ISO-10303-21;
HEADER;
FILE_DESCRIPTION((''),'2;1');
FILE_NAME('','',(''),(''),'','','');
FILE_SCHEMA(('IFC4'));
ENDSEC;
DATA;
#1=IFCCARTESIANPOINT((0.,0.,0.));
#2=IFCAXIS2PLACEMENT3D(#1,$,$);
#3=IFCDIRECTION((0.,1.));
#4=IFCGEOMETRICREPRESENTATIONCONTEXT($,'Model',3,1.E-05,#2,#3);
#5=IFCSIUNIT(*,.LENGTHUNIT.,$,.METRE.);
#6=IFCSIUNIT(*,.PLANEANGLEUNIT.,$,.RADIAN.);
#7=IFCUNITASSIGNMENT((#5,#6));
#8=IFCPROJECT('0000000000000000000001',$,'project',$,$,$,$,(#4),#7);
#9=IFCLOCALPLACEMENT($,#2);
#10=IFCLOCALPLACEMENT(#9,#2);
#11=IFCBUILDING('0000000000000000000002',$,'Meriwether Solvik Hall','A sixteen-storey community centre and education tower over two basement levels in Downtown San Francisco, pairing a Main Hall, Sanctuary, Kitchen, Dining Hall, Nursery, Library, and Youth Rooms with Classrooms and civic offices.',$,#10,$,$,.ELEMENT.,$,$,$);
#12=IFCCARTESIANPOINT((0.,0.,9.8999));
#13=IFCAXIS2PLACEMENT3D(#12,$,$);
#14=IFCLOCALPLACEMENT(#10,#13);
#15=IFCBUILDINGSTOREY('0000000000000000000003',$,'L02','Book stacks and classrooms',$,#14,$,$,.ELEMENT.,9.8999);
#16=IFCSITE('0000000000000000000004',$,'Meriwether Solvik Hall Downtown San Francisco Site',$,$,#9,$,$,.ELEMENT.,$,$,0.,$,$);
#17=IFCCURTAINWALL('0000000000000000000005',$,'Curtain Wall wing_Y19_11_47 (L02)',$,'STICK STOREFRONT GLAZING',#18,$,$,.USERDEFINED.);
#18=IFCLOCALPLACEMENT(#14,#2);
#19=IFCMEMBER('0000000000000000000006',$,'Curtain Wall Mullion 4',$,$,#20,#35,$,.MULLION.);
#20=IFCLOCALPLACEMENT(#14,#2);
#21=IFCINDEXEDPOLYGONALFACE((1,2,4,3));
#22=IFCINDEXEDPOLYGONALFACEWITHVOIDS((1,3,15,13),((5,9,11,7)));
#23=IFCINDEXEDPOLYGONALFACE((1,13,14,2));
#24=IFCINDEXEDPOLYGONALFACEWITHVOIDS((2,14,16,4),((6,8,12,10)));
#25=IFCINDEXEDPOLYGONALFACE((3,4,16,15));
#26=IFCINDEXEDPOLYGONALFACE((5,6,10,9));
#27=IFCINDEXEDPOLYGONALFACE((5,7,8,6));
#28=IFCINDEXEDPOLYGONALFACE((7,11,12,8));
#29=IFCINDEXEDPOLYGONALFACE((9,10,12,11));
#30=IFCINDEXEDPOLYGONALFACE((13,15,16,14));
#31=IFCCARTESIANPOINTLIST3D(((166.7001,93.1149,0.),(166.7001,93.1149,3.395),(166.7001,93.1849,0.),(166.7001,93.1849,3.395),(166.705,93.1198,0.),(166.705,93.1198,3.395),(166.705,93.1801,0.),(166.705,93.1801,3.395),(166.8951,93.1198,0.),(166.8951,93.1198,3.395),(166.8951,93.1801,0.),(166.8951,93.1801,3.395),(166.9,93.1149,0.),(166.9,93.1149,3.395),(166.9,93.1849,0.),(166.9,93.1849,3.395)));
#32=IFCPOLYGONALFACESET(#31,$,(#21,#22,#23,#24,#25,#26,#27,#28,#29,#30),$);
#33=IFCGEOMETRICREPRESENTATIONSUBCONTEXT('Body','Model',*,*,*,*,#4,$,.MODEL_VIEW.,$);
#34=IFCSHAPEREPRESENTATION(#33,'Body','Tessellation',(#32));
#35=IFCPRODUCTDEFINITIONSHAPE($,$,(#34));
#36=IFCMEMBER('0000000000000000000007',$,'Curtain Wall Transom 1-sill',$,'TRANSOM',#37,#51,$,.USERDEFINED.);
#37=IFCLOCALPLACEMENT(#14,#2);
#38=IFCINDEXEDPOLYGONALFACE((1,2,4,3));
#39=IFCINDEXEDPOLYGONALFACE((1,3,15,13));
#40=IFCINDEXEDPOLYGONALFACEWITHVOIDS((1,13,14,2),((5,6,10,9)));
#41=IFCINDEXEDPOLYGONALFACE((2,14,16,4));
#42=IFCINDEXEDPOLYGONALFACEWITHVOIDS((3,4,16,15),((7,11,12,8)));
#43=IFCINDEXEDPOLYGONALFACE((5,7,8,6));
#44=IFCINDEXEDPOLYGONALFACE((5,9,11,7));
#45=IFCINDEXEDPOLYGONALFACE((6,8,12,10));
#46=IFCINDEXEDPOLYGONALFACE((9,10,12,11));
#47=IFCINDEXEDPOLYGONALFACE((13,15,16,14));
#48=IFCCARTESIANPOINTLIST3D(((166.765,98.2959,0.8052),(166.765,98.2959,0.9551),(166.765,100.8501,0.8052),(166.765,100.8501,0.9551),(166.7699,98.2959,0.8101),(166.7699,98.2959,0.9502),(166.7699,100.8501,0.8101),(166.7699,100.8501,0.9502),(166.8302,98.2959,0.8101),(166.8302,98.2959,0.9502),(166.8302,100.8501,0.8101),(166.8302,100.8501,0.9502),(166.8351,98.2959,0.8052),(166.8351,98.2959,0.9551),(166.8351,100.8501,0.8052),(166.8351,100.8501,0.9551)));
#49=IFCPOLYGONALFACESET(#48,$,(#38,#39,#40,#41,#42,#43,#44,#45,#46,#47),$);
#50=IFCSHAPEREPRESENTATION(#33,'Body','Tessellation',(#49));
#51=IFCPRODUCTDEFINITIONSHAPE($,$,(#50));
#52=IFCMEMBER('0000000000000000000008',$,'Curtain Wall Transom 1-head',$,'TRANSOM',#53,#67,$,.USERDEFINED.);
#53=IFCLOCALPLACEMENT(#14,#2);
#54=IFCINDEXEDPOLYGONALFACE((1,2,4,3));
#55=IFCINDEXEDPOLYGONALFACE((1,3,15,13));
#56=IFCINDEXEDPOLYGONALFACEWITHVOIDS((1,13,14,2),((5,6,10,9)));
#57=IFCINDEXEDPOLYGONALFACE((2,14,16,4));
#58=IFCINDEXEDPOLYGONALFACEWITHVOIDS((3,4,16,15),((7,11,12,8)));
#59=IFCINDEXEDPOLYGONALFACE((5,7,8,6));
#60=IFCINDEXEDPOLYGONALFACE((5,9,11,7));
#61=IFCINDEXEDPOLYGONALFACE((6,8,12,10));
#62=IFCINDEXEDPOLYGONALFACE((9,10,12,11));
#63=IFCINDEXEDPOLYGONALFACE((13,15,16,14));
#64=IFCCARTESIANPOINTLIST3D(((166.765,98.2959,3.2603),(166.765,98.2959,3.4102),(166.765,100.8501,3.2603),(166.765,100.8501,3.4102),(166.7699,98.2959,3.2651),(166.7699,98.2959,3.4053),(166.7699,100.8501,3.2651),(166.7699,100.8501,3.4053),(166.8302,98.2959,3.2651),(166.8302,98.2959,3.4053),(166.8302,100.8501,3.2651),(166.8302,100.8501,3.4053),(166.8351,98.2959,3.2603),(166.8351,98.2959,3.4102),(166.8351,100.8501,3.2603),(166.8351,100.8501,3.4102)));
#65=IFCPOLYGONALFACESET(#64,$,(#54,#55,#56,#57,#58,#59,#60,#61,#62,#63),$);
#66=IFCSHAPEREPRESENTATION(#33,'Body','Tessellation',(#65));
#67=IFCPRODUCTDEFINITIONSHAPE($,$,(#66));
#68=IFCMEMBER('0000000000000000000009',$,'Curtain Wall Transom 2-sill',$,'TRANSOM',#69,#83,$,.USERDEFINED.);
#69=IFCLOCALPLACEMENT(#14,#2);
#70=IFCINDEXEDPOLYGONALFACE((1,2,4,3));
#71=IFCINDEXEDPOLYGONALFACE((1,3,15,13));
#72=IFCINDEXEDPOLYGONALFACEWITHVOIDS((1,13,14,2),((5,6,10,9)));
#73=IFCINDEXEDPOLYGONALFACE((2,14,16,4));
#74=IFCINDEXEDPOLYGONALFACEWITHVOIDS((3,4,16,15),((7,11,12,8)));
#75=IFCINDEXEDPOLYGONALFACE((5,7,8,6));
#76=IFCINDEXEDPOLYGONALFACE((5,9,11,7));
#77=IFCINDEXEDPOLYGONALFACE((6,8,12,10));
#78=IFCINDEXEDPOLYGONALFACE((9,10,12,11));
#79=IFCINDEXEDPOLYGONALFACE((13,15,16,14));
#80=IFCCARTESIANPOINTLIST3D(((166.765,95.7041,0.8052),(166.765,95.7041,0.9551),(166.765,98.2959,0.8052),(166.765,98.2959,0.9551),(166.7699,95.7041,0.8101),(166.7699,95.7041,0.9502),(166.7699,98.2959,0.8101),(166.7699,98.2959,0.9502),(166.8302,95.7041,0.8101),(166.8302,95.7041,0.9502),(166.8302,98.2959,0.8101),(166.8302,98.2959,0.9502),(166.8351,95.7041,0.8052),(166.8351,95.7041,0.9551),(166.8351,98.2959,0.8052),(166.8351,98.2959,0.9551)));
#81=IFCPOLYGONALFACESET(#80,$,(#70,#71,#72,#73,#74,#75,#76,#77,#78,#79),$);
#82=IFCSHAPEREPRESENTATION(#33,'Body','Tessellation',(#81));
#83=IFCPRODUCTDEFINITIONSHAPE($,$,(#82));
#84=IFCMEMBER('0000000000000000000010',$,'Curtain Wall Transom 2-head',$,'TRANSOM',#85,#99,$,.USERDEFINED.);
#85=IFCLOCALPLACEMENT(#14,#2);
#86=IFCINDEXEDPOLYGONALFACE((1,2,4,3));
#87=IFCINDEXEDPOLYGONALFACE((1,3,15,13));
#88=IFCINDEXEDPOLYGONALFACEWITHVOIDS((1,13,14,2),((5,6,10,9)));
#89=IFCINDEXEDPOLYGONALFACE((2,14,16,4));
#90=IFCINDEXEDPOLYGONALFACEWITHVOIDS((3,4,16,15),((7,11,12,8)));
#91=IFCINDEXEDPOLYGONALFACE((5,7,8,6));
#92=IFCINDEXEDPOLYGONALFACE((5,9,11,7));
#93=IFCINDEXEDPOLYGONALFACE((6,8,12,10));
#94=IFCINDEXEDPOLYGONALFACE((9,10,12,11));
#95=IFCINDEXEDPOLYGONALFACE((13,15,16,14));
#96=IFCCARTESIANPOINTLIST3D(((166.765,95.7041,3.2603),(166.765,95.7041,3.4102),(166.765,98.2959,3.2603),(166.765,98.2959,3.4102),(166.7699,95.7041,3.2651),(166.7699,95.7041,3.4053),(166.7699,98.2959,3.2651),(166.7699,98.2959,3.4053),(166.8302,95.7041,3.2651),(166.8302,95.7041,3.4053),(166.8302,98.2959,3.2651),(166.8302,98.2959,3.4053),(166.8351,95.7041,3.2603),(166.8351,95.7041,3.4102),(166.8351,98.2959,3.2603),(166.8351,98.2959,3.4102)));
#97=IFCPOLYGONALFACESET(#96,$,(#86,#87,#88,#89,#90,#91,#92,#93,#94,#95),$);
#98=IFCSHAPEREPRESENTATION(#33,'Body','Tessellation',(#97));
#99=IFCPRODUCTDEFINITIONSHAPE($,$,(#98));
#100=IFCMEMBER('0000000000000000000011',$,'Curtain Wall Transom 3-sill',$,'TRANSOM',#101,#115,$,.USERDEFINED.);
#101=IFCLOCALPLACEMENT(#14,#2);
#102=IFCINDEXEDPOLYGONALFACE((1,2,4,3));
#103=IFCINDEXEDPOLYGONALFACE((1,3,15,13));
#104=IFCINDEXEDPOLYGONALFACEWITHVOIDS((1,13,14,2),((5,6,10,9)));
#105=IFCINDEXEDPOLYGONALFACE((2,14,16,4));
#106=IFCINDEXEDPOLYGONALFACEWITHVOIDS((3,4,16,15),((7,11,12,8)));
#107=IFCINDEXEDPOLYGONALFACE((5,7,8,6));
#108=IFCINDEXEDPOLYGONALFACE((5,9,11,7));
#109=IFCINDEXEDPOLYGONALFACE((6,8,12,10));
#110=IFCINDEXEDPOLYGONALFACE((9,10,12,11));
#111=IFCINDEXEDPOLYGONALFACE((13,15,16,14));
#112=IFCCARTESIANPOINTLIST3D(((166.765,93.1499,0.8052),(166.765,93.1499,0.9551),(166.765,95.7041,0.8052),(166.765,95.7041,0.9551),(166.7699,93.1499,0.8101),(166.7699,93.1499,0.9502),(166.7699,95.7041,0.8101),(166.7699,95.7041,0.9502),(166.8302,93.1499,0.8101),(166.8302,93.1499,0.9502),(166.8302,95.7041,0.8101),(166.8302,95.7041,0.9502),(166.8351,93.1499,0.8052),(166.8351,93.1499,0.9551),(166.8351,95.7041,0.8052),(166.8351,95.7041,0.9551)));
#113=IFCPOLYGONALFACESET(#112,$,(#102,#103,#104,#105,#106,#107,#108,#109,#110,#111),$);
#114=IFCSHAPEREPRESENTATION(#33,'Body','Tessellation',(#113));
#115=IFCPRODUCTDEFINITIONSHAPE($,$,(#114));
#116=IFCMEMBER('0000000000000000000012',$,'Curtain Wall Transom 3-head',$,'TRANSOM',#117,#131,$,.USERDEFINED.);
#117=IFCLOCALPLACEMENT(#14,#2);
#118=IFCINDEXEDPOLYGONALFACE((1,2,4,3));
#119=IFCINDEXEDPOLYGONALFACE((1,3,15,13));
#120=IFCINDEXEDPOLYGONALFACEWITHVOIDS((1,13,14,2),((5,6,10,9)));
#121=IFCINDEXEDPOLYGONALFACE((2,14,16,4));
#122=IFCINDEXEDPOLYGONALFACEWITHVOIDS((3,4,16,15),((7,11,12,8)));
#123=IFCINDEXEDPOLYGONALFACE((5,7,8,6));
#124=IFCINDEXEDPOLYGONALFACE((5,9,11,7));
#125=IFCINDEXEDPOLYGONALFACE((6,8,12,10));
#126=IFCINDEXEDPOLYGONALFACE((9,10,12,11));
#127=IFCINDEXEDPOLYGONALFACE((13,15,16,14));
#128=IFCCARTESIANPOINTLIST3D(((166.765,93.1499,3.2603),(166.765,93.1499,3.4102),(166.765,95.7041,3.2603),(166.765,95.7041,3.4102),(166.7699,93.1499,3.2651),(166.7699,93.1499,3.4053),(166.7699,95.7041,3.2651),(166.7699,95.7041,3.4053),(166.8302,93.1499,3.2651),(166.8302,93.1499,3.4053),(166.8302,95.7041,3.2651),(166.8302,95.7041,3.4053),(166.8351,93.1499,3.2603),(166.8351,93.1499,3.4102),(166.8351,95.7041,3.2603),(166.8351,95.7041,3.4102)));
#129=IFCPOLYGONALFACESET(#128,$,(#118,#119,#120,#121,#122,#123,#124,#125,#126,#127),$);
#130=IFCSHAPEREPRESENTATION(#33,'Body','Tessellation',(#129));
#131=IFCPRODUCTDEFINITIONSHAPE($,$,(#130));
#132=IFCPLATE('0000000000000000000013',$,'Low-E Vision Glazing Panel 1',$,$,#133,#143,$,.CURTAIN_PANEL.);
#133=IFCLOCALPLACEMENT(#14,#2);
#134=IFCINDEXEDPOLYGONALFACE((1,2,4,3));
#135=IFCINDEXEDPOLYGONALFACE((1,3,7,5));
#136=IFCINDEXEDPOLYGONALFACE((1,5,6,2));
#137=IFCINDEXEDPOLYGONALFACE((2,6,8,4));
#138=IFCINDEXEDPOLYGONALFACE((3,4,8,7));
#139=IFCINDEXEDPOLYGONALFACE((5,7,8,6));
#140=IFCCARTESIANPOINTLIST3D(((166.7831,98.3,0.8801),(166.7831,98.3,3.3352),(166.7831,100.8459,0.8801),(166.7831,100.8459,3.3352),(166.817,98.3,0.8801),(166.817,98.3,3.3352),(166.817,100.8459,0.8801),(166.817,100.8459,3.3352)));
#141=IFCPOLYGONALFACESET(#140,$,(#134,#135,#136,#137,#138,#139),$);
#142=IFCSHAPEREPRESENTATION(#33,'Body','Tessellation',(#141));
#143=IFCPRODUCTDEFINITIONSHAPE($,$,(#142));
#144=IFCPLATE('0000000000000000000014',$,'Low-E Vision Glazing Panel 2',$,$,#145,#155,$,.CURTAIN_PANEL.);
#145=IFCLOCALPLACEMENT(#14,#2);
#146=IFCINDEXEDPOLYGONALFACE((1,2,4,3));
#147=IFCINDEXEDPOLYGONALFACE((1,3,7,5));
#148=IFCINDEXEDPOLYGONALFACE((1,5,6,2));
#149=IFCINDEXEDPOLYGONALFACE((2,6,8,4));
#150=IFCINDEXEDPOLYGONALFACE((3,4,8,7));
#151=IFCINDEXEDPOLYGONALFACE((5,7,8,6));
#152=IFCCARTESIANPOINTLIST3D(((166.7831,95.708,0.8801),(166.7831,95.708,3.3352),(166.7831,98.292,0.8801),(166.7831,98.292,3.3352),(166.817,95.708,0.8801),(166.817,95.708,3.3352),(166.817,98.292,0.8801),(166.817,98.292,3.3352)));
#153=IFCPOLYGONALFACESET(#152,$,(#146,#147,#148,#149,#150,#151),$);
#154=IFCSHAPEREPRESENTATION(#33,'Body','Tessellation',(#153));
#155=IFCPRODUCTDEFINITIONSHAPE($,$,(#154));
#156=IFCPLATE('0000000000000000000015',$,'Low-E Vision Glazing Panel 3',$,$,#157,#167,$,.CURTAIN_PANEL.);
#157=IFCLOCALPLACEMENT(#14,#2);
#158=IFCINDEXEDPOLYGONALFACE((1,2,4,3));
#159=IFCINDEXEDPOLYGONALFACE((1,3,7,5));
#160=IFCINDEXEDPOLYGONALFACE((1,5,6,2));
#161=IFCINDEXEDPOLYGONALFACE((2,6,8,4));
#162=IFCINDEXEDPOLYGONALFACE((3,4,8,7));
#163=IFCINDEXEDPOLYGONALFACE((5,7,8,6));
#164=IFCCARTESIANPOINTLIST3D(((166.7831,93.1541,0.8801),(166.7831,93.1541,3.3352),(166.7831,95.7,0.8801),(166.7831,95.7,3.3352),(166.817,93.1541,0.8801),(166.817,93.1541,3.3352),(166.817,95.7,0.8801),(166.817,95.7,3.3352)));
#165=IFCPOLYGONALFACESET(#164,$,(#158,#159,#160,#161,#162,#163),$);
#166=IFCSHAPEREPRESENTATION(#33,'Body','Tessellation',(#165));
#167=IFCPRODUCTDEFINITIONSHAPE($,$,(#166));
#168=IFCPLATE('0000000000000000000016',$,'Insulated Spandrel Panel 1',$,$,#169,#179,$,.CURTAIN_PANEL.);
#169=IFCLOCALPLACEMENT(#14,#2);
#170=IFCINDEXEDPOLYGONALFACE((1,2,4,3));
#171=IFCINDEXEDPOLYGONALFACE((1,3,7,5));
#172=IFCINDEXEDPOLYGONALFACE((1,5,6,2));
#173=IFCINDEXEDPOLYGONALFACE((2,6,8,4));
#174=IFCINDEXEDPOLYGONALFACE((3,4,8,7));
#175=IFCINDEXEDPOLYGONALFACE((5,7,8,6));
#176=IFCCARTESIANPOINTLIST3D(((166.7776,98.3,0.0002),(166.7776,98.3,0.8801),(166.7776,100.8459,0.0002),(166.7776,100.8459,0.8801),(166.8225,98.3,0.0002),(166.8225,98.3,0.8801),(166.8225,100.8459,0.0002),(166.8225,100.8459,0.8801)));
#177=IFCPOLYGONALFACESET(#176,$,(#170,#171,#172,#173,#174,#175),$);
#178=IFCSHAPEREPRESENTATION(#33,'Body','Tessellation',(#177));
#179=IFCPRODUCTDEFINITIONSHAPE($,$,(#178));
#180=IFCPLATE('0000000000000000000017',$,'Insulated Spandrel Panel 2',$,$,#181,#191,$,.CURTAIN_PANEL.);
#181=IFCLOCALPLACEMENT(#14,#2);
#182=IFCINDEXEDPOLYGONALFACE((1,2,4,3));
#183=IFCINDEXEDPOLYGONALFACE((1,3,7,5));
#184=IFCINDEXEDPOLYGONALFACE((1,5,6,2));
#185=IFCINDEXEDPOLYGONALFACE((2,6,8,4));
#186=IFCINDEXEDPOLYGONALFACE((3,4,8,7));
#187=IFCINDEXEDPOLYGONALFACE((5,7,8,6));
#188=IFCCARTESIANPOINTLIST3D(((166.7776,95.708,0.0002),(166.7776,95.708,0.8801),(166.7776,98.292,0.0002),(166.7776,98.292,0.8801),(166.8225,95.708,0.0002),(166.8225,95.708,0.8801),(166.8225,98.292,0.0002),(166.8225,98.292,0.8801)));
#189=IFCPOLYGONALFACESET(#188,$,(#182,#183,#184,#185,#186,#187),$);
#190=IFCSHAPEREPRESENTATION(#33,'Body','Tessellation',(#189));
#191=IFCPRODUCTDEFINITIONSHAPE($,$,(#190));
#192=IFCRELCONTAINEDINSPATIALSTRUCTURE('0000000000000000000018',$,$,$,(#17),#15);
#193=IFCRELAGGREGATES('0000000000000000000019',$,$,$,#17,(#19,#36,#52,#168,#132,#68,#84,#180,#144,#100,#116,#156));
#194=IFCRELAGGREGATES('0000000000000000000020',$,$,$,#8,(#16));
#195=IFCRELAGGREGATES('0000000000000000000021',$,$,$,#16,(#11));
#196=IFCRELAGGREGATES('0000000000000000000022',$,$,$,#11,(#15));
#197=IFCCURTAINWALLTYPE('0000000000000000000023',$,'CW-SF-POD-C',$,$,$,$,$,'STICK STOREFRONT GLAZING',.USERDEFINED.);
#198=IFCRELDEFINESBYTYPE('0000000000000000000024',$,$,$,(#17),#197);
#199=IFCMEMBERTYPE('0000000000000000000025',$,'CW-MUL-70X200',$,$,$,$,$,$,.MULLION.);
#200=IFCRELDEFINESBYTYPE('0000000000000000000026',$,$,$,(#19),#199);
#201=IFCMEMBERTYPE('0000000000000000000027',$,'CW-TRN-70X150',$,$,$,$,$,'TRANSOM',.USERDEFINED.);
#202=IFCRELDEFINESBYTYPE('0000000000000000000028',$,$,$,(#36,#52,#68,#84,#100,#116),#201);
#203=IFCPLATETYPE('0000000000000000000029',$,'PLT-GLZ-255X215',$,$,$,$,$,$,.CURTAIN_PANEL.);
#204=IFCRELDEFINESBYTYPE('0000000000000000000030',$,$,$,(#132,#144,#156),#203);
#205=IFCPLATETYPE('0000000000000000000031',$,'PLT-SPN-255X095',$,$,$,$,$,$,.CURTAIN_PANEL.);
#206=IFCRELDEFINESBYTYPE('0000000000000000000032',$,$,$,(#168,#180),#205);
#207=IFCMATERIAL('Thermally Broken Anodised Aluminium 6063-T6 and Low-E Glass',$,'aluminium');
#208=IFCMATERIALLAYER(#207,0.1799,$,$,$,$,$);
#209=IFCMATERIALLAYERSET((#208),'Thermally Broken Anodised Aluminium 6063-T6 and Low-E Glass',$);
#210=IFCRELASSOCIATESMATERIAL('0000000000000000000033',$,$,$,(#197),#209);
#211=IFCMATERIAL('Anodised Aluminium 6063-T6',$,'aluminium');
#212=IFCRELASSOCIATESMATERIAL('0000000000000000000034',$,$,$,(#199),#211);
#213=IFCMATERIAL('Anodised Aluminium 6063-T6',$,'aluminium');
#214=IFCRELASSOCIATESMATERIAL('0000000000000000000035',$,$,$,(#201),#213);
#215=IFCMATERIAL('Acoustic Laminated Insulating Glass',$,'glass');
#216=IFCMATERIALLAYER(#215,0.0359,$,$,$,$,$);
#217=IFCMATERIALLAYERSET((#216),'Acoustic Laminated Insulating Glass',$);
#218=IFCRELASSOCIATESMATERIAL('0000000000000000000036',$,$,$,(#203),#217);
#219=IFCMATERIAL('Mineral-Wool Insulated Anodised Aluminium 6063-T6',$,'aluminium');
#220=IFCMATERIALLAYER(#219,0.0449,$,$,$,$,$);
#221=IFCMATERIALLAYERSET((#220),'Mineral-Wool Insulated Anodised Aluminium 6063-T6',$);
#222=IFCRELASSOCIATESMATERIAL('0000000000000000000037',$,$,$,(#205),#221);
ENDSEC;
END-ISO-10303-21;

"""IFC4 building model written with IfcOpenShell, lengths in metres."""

from ifc_helpers import new_model, si_unit, direction, frame, origin, origin_2d, place, context, subcontext, project, spatial, rectangle, hollow_rectangle, extrude, material, layer, layer_set, material_profile, profile_set, type_object, element, aggregate, save


model = new_model("IFC4")

# Units and contexts
model_context = context("Model", 3, precision=1e-05, world=origin(), true_north=direction((0.0, 1.0)))
body_context = subcontext(model_context, "Body", "Model", "MODEL_VIEW")
ifc_project = project(units=[si_unit("LENGTHUNIT", "METRE"), si_unit("PLANEANGLEUNIT", "RADIAN")], contexts=[model_context])

# Site, building, storey
site_placement = place(None, origin())
site = spatial("IfcSite", under=ifc_project, at=site_placement, Name="Meriwether Solvik Hall Downtown San Francisco Site", CompositionType="ELEMENT", RefElevation=0.0)
building_placement = place(site_placement, origin())
building = spatial("IfcBuilding", under=site, at=building_placement, Name="Meriwether Solvik Hall", Description="A sixteen-storey community centre and education tower over two basement levels in Downtown San Francisco, pairing a Main Hall, Sanctuary, Kitchen, Dining Hall, Nursery, Library, and Youth Rooms with Classrooms and civic offices.", CompositionType="ELEMENT")
storey_placement = place(building_placement, frame((0.0, 0.0, 9.8999)))
storey = spatial("IfcBuildingStorey", under=building, at=storey_placement, Name="L02", Description="Book stacks and classrooms", CompositionType="ELEMENT", Elevation=9.8999)

# Curtain wall, members, plates
ifc_material_1 = material(Name="Thermally Broken Anodised Aluminium 6063-T6 and Low-E Glass", Category="aluminium")
ifc_layer_1 = layer(ifc_material_1, 0.1799)
ifc_layer_set_1 = layer_set([ifc_layer_1], Name="Thermally Broken Anodised Aluminium 6063-T6 and Low-E Glass")
curtain_wall_type = type_object("IfcCurtainWallType", Name="CW-SF-POD-C", ElementType="STICK STOREFRONT GLAZING", PredefinedType="USERDEFINED", material=ifc_layer_set_1)
curtain_wall_placement = place(storey_placement, origin())
curtain_wall = element("IfcCurtainWall", 1, at=curtain_wall_placement, inside=storey, type_object=curtain_wall_type, Name="Curtain Wall wing_Y19_11_47 (L02)", ObjectType="STICK STOREFRONT GLAZING", PredefinedType="USERDEFINED")
ifc_material_2 = material(Name="Anodised Aluminium 6063-T6", Category="aluminium")
ifc_material_profile_1 = material_profile(ifc_material_2, hollow_rectangle(XDim=0.0701, YDim=0.2, WallThickness=0.0049, at=origin_2d()), Name="CWM-70X200")
ifc_profile_set_1 = profile_set([ifc_material_profile_1], Name="Anodised Aluminium 6063-T6")
member_type_1 = type_object("IfcMemberType", Name="CW-MUL-70X200", PredefinedType="MULLION", material=ifc_profile_set_1)
member_1_placement = place(storey_placement, frame((166.8, 93.1499, 0.0), z_axis=(0.0, 0.0, 1.0), x_axis=(0.0, -1.0, 0.0)))
member_1 = element("IfcMember", 2, at=member_1_placement, type_object=member_type_1, Name="Curtain Wall Mullion 4", PredefinedType="MULLION", context=body_context, shape_type="SweptSolid", body=[
    extrude(hollow_rectangle(XDim=0.0701, YDim=0.2, WallThickness=0.0049, at=origin_2d()), origin(), (0.0, 0.0, 1.0), 3.395),
])
ifc_material_3 = material(Name="Anodised Aluminium 6063-T6", Category="aluminium")
ifc_material_profile_2 = material_profile(ifc_material_3, hollow_rectangle(XDim=0.0701, YDim=0.1499, WallThickness=0.0049, at=origin_2d()), Name="CWT-70X150")
ifc_profile_set_2 = profile_set([ifc_material_profile_2], Name="Anodised Aluminium 6063-T6")
member_type_2 = type_object("IfcMemberType", Name="CW-TRN-70X150", ElementType="TRANSOM", PredefinedType="USERDEFINED", material=ifc_profile_set_2)
member_2_placement = place(storey_placement, frame((166.8, 100.8501, 0.8801), z_axis=(0.0, -1.0, 0.0), x_axis=(1.0, 0.0, 0.0)))
member_2 = element("IfcMember", 3, at=member_2_placement, type_object=member_type_2, Name="Curtain Wall Transom 1-sill", ObjectType="TRANSOM", PredefinedType="USERDEFINED", context=body_context, shape_type="SweptSolid", body=[
    extrude(hollow_rectangle(XDim=0.0701, YDim=0.1499, WallThickness=0.0049, at=origin_2d()), origin(), (0.0, 0.0, 1.0), 2.5542),
])
member_3_placement = place(storey_placement, frame((166.8, 100.8501, 3.3352), z_axis=(0.0, -1.0, 0.0), x_axis=(1.0, 0.0, 0.0)))
member_3 = element("IfcMember", 4, at=member_3_placement, type_object=member_type_2, Name="Curtain Wall Transom 1-head", ObjectType="TRANSOM", PredefinedType="USERDEFINED", context=body_context, shape_type="SweptSolid", body=[
    extrude(hollow_rectangle(XDim=0.0701, YDim=0.1499, WallThickness=0.0049, at=origin_2d()), origin(), (0.0, 0.0, 1.0), 2.5542),
])
member_4_placement = place(storey_placement, frame((166.8, 98.2959, 0.8801), z_axis=(0.0, -1.0, 0.0), x_axis=(1.0, 0.0, 0.0)))
member_4 = element("IfcMember", 5, at=member_4_placement, type_object=member_type_2, Name="Curtain Wall Transom 2-sill", ObjectType="TRANSOM", PredefinedType="USERDEFINED", context=body_context, shape_type="SweptSolid", body=[
    extrude(hollow_rectangle(XDim=0.0701, YDim=0.1499, WallThickness=0.0049, at=origin_2d()), origin(), (0.0, 0.0, 1.0), 2.5918),
])
member_5_placement = place(storey_placement, frame((166.8, 98.2959, 3.3352), z_axis=(0.0, -1.0, 0.0), x_axis=(1.0, 0.0, 0.0)))
member_5 = element("IfcMember", 6, at=member_5_placement, type_object=member_type_2, Name="Curtain Wall Transom 2-head", ObjectType="TRANSOM", PredefinedType="USERDEFINED", context=body_context, shape_type="SweptSolid", body=[
    extrude(hollow_rectangle(XDim=0.0701, YDim=0.1499, WallThickness=0.0049, at=origin_2d()), origin(), (0.0, 0.0, 1.0), 2.5918),
])
member_6_placement = place(storey_placement, frame((166.8, 95.7041, 0.8801), z_axis=(0.0, -1.0, 0.0), x_axis=(1.0, 0.0, 0.0)))
member_6 = element("IfcMember", 7, at=member_6_placement, type_object=member_type_2, Name="Curtain Wall Transom 3-sill", ObjectType="TRANSOM", PredefinedType="USERDEFINED", context=body_context, shape_type="SweptSolid", body=[
    extrude(hollow_rectangle(XDim=0.0701, YDim=0.1499, WallThickness=0.0049, at=origin_2d()), origin(), (0.0, 0.0, 1.0), 2.5542),
])
member_7_placement = place(storey_placement, frame((166.8, 95.7041, 3.3352), z_axis=(0.0, -1.0, 0.0), x_axis=(1.0, 0.0, 0.0)))
member_7 = element("IfcMember", 8, at=member_7_placement, type_object=member_type_2, Name="Curtain Wall Transom 3-head", ObjectType="TRANSOM", PredefinedType="USERDEFINED", context=body_context, shape_type="SweptSolid", body=[
    extrude(hollow_rectangle(XDim=0.0701, YDim=0.1499, WallThickness=0.0049, at=origin_2d()), origin(), (0.0, 0.0, 1.0), 2.5542),
])
ifc_material_4 = material(Name="Acoustic Laminated Insulating Glass", Category="glass")
ifc_layer_2 = layer(ifc_material_4, 0.0359)
ifc_layer_set_2 = layer_set([ifc_layer_2], Name="Acoustic Laminated Insulating Glass")
plate_type_1 = type_object("IfcPlateType", Name="PLT-GLZ-255X215", PredefinedType="CURTAIN_PANEL", material=ifc_layer_set_2)
plate_1_placement = place(storey_placement, frame((166.8, 99.573, 0.8801), z_axis=(0.0, 0.0, 1.0), x_axis=(0.0, -1.0, 0.0)))
plate_1 = element("IfcPlate", 9, at=plate_1_placement, type_object=plate_type_1, Name="Low-E Vision Glazing Panel 1", PredefinedType="CURTAIN_PANEL", context=body_context, shape_type="SweptSolid", body=[
    extrude(rectangle(XDim=2.5459, YDim=0.0339, at=origin_2d()), origin(), (0.0, 0.0, 1.0), 2.4551),
])
plate_2_placement = place(storey_placement, frame((166.8, 97.0, 0.8801), z_axis=(0.0, 0.0, 1.0), x_axis=(0.0, -1.0, 0.0)))
plate_2 = element("IfcPlate", 10, at=plate_2_placement, type_object=plate_type_1, Name="Low-E Vision Glazing Panel 2", PredefinedType="CURTAIN_PANEL", context=body_context, shape_type="SweptSolid", body=[
    extrude(rectangle(XDim=2.584, YDim=0.0339, at=origin_2d()), origin(), (0.0, 0.0, 1.0), 2.4551),
])
plate_3_placement = place(storey_placement, frame((166.8, 94.427, 0.8801), z_axis=(0.0, 0.0, 1.0), x_axis=(0.0, -1.0, 0.0)))
plate_3 = element("IfcPlate", 11, at=plate_3_placement, type_object=plate_type_1, Name="Low-E Vision Glazing Panel 3", PredefinedType="CURTAIN_PANEL", context=body_context, shape_type="SweptSolid", body=[
    extrude(rectangle(XDim=2.5459, YDim=0.0339, at=origin_2d()), origin(), (0.0, 0.0, 1.0), 2.4551),
])
ifc_material_5 = material(Name="Mineral-Wool Insulated Anodised Aluminium 6063-T6", Category="aluminium")
ifc_layer_3 = layer(ifc_material_5, 0.0449)
ifc_layer_set_3 = layer_set([ifc_layer_3], Name="Mineral-Wool Insulated Anodised Aluminium 6063-T6")
plate_type_2 = type_object("IfcPlateType", Name="PLT-SPN-255X095", PredefinedType="CURTAIN_PANEL", material=ifc_layer_set_3)
plate_4_placement = place(storey_placement, frame((166.8, 99.573, 0.0002), z_axis=(0.0, 0.0, 1.0), x_axis=(0.0, -1.0, 0.0)))
plate_4 = element("IfcPlate", 12, at=plate_4_placement, type_object=plate_type_2, Name="Insulated Spandrel Panel 1", PredefinedType="CURTAIN_PANEL", context=body_context, shape_type="SweptSolid", body=[
    extrude(rectangle(XDim=2.5459, YDim=0.0449, at=origin_2d()), origin(), (0.0, 0.0, 1.0), 0.8799),
])
plate_5_placement = place(storey_placement, frame((166.8, 97.0, 0.0002), z_axis=(0.0, 0.0, 1.0), x_axis=(0.0, -1.0, 0.0)))
plate_5 = element("IfcPlate", 13, at=plate_5_placement, type_object=plate_type_2, Name="Insulated Spandrel Panel 2", PredefinedType="CURTAIN_PANEL", context=body_context, shape_type="SweptSolid", body=[
    extrude(rectangle(XDim=2.584, YDim=0.0449, at=origin_2d()), origin(), (0.0, 0.0, 1.0), 0.8799),
])
aggregate(curtain_wall, [member_1, member_2, member_3, plate_4, plate_1, member_4, member_5, plate_5, plate_2, member_6, member_7, plate_3])

save(model, "model.ifc")
